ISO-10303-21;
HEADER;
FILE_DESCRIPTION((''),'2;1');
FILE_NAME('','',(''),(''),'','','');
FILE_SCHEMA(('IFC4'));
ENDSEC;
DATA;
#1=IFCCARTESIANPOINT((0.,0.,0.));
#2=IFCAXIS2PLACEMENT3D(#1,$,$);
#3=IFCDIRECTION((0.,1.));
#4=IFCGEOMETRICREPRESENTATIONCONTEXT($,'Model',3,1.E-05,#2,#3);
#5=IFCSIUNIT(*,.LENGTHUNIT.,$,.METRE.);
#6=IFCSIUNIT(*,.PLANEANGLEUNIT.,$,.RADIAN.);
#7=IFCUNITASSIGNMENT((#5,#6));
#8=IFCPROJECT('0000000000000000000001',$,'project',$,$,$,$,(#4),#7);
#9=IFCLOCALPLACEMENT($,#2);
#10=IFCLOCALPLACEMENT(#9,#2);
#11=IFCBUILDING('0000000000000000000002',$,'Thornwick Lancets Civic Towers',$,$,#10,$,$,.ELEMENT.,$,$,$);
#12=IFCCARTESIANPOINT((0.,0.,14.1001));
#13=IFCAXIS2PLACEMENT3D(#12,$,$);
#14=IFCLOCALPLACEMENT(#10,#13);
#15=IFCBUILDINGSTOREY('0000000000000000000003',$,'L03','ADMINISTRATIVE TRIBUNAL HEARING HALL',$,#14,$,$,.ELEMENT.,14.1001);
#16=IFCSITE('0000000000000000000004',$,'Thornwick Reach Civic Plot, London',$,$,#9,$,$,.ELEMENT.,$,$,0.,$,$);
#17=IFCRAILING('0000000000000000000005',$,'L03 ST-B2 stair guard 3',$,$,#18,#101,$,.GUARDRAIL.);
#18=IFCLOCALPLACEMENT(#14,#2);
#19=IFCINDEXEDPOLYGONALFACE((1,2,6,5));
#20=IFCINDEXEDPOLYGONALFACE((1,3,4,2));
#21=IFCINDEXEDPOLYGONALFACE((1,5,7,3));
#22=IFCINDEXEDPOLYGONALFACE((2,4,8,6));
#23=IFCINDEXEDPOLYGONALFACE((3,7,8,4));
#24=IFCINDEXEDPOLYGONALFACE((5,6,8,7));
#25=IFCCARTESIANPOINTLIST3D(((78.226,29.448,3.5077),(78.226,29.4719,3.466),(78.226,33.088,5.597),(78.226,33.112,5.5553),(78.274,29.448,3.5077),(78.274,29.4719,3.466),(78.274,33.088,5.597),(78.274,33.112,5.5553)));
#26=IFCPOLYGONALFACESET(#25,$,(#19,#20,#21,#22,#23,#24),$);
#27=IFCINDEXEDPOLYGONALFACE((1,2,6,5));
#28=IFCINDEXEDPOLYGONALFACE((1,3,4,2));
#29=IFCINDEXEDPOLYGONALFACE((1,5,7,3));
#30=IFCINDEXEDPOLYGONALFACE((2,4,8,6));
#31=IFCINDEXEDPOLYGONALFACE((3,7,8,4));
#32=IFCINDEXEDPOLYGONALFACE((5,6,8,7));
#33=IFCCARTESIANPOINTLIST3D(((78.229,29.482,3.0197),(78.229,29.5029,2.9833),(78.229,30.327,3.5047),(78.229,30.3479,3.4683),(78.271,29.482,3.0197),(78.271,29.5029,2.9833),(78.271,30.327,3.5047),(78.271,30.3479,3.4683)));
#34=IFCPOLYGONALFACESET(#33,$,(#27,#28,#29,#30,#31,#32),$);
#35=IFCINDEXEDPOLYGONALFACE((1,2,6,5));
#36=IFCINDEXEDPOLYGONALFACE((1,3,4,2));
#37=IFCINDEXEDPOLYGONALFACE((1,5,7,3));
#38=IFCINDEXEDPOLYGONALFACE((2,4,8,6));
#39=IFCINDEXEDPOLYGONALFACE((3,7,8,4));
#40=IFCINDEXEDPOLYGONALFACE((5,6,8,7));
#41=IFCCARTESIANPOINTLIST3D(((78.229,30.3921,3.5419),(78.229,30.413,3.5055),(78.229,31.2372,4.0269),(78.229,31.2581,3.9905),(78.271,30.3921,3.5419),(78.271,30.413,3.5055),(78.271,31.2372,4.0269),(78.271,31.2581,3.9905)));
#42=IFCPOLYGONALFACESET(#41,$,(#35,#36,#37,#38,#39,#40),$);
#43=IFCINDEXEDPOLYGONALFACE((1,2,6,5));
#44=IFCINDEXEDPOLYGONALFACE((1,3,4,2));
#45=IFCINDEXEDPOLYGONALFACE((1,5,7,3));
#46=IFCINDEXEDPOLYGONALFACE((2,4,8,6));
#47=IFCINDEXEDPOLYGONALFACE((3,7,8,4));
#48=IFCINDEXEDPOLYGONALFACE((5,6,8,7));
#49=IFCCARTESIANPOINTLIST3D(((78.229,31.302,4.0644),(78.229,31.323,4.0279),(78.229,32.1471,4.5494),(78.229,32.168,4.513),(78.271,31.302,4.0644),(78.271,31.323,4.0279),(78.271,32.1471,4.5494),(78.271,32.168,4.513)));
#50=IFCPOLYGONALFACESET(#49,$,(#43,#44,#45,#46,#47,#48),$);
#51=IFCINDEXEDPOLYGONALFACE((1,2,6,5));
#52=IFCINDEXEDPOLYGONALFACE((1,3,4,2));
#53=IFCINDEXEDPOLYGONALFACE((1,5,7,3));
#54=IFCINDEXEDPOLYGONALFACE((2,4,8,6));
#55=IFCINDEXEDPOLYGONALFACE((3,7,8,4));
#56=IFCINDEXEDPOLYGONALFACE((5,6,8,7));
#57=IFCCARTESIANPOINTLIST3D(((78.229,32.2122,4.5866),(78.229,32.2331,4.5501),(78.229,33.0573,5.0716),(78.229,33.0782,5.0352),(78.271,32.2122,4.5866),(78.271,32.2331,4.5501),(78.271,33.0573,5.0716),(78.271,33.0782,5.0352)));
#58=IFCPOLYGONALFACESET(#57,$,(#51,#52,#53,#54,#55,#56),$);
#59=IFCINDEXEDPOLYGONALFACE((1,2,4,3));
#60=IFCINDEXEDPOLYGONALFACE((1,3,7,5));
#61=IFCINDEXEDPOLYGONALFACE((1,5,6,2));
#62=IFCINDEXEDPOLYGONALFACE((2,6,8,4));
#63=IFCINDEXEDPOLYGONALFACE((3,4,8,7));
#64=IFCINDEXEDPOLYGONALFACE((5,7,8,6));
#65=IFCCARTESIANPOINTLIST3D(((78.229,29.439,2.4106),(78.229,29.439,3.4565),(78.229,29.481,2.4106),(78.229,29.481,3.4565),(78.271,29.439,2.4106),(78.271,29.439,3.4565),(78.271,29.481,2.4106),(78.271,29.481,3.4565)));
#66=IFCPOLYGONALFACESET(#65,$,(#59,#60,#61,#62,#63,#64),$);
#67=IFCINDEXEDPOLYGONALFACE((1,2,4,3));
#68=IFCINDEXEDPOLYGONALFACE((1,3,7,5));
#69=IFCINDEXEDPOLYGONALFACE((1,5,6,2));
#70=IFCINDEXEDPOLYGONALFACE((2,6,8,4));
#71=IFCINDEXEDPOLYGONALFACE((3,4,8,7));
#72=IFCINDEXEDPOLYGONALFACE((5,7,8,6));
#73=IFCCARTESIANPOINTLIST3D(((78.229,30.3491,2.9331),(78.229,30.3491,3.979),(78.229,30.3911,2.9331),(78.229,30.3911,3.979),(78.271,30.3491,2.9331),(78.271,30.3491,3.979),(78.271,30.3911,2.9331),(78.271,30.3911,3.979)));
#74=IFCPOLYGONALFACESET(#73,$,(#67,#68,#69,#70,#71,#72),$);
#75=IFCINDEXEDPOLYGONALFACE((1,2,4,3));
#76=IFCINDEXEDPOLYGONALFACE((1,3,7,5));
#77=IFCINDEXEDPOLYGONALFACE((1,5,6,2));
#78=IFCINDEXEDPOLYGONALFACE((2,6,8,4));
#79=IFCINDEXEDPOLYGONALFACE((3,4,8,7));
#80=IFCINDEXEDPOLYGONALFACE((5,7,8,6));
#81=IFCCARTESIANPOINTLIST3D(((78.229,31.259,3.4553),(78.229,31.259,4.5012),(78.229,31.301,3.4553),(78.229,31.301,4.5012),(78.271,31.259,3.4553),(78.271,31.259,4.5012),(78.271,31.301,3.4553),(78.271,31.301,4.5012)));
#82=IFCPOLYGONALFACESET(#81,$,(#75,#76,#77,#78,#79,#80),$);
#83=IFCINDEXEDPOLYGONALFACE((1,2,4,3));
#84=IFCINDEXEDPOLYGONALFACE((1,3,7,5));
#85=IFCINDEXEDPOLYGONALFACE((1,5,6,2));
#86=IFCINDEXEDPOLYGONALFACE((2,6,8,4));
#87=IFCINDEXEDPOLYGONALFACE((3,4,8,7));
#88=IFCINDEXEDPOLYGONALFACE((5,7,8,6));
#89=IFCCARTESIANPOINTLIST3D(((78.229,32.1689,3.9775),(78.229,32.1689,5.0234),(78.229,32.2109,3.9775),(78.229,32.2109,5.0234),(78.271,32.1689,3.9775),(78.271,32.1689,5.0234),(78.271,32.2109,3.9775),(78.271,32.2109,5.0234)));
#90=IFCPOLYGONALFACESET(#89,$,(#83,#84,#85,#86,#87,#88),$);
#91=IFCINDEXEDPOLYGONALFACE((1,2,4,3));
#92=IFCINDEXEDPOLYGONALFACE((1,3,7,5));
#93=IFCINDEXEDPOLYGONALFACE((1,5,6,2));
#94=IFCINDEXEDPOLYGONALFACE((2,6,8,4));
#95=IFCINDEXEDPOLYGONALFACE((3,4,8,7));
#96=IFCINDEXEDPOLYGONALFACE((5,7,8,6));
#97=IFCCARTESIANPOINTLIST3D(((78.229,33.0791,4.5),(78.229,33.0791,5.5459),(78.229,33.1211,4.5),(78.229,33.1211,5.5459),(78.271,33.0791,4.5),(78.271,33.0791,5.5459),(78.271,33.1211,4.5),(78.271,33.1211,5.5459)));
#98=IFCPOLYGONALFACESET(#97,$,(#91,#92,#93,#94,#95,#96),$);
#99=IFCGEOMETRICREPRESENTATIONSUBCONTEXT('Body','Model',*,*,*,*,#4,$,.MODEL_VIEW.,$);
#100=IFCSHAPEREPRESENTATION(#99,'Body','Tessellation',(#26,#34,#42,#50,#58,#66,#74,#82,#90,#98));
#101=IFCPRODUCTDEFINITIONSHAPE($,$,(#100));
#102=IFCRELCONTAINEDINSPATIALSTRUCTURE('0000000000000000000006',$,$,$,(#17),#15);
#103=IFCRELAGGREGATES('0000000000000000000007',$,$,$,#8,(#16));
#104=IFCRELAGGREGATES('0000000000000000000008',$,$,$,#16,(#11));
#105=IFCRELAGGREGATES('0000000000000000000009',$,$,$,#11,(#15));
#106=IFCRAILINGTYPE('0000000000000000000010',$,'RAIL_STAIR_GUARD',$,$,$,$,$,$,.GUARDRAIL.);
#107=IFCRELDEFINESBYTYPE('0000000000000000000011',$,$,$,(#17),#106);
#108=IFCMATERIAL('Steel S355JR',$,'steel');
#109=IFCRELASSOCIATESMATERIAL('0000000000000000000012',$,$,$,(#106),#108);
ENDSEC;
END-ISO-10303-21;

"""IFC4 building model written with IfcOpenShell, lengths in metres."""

from ifc_helpers import new_model, si_unit, direction, frame, origin, origin_2d, place, context, subcontext, project, spatial, rectangle, extrude, material, type_object, element, save


model = new_model("IFC4")

# Units and contexts
model_context = context("Model", 3, precision=1e-05, world=origin(), true_north=direction((0.0, 1.0)))
body_context = subcontext(model_context, "Body", "Model", "MODEL_VIEW")
ifc_project = project(units=[si_unit("LENGTHUNIT", "METRE"), si_unit("PLANEANGLEUNIT", "RADIAN")], contexts=[model_context])

# Site, building, storey
site_placement = place(None, origin())
site = spatial("IfcSite", under=ifc_project, at=site_placement, Name="Thornwick Reach Civic Plot, London", CompositionType="ELEMENT", RefElevation=0.0)
building_placement = place(site_placement, origin())
building = spatial("IfcBuilding", under=site, at=building_placement, Name="Thornwick Lancets Civic Towers", CompositionType="ELEMENT")
storey_placement = place(building_placement, frame((0.0, 0.0, 14.1001)))
storey = spatial("IfcBuildingStorey", under=building, at=storey_placement, Name="L03", Description="ADMINISTRATIVE TRIBUNAL HEARING HALL", CompositionType="ELEMENT", Elevation=14.1001)

# Shared definitions
ifc_material_1 = material(Name="Steel S355JR", Category="steel")

# Railing
railing_type_1 = type_object("IfcRailingType", Name="RAIL_STAIR_GUARD", PredefinedType="GUARDRAIL", material=ifc_material_1)
railing_1_placement = place(storey_placement, frame((78.25, 29.46, 2.4106)))
element("IfcRailing", 1, at=railing_1_placement, inside=storey, type_object=railing_type_1, Name="L03 ST-B2 stair guard 3", PredefinedType="GUARDRAIL", context=body_context, shape_type="SweptSolid", body=[
    extrude(rectangle(XDim=0.0481, YDim=0.0481, at=origin_2d()), frame((0.0, 0.0, 1.0762), z_axis=(0.0, 0.867289, 0.497804), x_axis=(-1.0, 0.0, 0.0)), (0.0, 0.0, 1.0), 4.197),
    extrude(rectangle(XDim=0.042, YDim=0.042, at=origin_2d()), frame((0.0, 0.0325, 0.5908), z_axis=(0.0, 0.867289, 0.497804), x_axis=(-1.0, 0.0, 0.0)), (0.0, 0.0, 1.0), 0.9744),
    extrude(rectangle(XDim=0.042, YDim=0.042, at=origin_2d()), frame((0.0, 0.9426, 1.113), z_axis=(0.0, 0.867289, 0.497804), x_axis=(-1.0, 0.0, 0.0)), (0.0, 0.0, 1.0), 0.9744),
    extrude(rectangle(XDim=0.042, YDim=0.042, at=origin_2d()), frame((0.0, 1.8525, 1.6355), z_axis=(0.0, 0.867289, 0.497804), x_axis=(-1.0, 0.0, 0.0)), (0.0, 0.0, 1.0), 0.9744),
    extrude(rectangle(XDim=0.042, YDim=0.042, at=origin_2d()), frame((0.0, 2.7627, 2.1577), z_axis=(0.0, 0.867289, 0.497804), x_axis=(-1.0, 0.0, 0.0)), (0.0, 0.0, 1.0), 0.9744),
    extrude(rectangle(XDim=0.042, YDim=0.042, at=origin_2d()), origin(), (0.0, 0.0, 1.0), 1.0459),
    extrude(rectangle(XDim=0.042, YDim=0.042, at=origin_2d()), frame((0.0, 0.9102, 0.5225)), (0.0, 0.0, 1.0), 1.0459),
    extrude(rectangle(XDim=0.042, YDim=0.042, at=origin_2d()), frame((0.0, 1.8201, 1.0447)), (0.0, 0.0, 1.0), 1.0459),
    extrude(rectangle(XDim=0.042, YDim=0.042, at=origin_2d()), frame((0.0, 2.73, 1.5669)), (0.0, 0.0, 1.0), 1.0459),
    extrude(rectangle(XDim=0.042, YDim=0.042, at=origin_2d()), frame((0.0, 3.6401, 2.0894)), (0.0, 0.0, 1.0), 1.0459),
])

save(model, "model.ifc")
